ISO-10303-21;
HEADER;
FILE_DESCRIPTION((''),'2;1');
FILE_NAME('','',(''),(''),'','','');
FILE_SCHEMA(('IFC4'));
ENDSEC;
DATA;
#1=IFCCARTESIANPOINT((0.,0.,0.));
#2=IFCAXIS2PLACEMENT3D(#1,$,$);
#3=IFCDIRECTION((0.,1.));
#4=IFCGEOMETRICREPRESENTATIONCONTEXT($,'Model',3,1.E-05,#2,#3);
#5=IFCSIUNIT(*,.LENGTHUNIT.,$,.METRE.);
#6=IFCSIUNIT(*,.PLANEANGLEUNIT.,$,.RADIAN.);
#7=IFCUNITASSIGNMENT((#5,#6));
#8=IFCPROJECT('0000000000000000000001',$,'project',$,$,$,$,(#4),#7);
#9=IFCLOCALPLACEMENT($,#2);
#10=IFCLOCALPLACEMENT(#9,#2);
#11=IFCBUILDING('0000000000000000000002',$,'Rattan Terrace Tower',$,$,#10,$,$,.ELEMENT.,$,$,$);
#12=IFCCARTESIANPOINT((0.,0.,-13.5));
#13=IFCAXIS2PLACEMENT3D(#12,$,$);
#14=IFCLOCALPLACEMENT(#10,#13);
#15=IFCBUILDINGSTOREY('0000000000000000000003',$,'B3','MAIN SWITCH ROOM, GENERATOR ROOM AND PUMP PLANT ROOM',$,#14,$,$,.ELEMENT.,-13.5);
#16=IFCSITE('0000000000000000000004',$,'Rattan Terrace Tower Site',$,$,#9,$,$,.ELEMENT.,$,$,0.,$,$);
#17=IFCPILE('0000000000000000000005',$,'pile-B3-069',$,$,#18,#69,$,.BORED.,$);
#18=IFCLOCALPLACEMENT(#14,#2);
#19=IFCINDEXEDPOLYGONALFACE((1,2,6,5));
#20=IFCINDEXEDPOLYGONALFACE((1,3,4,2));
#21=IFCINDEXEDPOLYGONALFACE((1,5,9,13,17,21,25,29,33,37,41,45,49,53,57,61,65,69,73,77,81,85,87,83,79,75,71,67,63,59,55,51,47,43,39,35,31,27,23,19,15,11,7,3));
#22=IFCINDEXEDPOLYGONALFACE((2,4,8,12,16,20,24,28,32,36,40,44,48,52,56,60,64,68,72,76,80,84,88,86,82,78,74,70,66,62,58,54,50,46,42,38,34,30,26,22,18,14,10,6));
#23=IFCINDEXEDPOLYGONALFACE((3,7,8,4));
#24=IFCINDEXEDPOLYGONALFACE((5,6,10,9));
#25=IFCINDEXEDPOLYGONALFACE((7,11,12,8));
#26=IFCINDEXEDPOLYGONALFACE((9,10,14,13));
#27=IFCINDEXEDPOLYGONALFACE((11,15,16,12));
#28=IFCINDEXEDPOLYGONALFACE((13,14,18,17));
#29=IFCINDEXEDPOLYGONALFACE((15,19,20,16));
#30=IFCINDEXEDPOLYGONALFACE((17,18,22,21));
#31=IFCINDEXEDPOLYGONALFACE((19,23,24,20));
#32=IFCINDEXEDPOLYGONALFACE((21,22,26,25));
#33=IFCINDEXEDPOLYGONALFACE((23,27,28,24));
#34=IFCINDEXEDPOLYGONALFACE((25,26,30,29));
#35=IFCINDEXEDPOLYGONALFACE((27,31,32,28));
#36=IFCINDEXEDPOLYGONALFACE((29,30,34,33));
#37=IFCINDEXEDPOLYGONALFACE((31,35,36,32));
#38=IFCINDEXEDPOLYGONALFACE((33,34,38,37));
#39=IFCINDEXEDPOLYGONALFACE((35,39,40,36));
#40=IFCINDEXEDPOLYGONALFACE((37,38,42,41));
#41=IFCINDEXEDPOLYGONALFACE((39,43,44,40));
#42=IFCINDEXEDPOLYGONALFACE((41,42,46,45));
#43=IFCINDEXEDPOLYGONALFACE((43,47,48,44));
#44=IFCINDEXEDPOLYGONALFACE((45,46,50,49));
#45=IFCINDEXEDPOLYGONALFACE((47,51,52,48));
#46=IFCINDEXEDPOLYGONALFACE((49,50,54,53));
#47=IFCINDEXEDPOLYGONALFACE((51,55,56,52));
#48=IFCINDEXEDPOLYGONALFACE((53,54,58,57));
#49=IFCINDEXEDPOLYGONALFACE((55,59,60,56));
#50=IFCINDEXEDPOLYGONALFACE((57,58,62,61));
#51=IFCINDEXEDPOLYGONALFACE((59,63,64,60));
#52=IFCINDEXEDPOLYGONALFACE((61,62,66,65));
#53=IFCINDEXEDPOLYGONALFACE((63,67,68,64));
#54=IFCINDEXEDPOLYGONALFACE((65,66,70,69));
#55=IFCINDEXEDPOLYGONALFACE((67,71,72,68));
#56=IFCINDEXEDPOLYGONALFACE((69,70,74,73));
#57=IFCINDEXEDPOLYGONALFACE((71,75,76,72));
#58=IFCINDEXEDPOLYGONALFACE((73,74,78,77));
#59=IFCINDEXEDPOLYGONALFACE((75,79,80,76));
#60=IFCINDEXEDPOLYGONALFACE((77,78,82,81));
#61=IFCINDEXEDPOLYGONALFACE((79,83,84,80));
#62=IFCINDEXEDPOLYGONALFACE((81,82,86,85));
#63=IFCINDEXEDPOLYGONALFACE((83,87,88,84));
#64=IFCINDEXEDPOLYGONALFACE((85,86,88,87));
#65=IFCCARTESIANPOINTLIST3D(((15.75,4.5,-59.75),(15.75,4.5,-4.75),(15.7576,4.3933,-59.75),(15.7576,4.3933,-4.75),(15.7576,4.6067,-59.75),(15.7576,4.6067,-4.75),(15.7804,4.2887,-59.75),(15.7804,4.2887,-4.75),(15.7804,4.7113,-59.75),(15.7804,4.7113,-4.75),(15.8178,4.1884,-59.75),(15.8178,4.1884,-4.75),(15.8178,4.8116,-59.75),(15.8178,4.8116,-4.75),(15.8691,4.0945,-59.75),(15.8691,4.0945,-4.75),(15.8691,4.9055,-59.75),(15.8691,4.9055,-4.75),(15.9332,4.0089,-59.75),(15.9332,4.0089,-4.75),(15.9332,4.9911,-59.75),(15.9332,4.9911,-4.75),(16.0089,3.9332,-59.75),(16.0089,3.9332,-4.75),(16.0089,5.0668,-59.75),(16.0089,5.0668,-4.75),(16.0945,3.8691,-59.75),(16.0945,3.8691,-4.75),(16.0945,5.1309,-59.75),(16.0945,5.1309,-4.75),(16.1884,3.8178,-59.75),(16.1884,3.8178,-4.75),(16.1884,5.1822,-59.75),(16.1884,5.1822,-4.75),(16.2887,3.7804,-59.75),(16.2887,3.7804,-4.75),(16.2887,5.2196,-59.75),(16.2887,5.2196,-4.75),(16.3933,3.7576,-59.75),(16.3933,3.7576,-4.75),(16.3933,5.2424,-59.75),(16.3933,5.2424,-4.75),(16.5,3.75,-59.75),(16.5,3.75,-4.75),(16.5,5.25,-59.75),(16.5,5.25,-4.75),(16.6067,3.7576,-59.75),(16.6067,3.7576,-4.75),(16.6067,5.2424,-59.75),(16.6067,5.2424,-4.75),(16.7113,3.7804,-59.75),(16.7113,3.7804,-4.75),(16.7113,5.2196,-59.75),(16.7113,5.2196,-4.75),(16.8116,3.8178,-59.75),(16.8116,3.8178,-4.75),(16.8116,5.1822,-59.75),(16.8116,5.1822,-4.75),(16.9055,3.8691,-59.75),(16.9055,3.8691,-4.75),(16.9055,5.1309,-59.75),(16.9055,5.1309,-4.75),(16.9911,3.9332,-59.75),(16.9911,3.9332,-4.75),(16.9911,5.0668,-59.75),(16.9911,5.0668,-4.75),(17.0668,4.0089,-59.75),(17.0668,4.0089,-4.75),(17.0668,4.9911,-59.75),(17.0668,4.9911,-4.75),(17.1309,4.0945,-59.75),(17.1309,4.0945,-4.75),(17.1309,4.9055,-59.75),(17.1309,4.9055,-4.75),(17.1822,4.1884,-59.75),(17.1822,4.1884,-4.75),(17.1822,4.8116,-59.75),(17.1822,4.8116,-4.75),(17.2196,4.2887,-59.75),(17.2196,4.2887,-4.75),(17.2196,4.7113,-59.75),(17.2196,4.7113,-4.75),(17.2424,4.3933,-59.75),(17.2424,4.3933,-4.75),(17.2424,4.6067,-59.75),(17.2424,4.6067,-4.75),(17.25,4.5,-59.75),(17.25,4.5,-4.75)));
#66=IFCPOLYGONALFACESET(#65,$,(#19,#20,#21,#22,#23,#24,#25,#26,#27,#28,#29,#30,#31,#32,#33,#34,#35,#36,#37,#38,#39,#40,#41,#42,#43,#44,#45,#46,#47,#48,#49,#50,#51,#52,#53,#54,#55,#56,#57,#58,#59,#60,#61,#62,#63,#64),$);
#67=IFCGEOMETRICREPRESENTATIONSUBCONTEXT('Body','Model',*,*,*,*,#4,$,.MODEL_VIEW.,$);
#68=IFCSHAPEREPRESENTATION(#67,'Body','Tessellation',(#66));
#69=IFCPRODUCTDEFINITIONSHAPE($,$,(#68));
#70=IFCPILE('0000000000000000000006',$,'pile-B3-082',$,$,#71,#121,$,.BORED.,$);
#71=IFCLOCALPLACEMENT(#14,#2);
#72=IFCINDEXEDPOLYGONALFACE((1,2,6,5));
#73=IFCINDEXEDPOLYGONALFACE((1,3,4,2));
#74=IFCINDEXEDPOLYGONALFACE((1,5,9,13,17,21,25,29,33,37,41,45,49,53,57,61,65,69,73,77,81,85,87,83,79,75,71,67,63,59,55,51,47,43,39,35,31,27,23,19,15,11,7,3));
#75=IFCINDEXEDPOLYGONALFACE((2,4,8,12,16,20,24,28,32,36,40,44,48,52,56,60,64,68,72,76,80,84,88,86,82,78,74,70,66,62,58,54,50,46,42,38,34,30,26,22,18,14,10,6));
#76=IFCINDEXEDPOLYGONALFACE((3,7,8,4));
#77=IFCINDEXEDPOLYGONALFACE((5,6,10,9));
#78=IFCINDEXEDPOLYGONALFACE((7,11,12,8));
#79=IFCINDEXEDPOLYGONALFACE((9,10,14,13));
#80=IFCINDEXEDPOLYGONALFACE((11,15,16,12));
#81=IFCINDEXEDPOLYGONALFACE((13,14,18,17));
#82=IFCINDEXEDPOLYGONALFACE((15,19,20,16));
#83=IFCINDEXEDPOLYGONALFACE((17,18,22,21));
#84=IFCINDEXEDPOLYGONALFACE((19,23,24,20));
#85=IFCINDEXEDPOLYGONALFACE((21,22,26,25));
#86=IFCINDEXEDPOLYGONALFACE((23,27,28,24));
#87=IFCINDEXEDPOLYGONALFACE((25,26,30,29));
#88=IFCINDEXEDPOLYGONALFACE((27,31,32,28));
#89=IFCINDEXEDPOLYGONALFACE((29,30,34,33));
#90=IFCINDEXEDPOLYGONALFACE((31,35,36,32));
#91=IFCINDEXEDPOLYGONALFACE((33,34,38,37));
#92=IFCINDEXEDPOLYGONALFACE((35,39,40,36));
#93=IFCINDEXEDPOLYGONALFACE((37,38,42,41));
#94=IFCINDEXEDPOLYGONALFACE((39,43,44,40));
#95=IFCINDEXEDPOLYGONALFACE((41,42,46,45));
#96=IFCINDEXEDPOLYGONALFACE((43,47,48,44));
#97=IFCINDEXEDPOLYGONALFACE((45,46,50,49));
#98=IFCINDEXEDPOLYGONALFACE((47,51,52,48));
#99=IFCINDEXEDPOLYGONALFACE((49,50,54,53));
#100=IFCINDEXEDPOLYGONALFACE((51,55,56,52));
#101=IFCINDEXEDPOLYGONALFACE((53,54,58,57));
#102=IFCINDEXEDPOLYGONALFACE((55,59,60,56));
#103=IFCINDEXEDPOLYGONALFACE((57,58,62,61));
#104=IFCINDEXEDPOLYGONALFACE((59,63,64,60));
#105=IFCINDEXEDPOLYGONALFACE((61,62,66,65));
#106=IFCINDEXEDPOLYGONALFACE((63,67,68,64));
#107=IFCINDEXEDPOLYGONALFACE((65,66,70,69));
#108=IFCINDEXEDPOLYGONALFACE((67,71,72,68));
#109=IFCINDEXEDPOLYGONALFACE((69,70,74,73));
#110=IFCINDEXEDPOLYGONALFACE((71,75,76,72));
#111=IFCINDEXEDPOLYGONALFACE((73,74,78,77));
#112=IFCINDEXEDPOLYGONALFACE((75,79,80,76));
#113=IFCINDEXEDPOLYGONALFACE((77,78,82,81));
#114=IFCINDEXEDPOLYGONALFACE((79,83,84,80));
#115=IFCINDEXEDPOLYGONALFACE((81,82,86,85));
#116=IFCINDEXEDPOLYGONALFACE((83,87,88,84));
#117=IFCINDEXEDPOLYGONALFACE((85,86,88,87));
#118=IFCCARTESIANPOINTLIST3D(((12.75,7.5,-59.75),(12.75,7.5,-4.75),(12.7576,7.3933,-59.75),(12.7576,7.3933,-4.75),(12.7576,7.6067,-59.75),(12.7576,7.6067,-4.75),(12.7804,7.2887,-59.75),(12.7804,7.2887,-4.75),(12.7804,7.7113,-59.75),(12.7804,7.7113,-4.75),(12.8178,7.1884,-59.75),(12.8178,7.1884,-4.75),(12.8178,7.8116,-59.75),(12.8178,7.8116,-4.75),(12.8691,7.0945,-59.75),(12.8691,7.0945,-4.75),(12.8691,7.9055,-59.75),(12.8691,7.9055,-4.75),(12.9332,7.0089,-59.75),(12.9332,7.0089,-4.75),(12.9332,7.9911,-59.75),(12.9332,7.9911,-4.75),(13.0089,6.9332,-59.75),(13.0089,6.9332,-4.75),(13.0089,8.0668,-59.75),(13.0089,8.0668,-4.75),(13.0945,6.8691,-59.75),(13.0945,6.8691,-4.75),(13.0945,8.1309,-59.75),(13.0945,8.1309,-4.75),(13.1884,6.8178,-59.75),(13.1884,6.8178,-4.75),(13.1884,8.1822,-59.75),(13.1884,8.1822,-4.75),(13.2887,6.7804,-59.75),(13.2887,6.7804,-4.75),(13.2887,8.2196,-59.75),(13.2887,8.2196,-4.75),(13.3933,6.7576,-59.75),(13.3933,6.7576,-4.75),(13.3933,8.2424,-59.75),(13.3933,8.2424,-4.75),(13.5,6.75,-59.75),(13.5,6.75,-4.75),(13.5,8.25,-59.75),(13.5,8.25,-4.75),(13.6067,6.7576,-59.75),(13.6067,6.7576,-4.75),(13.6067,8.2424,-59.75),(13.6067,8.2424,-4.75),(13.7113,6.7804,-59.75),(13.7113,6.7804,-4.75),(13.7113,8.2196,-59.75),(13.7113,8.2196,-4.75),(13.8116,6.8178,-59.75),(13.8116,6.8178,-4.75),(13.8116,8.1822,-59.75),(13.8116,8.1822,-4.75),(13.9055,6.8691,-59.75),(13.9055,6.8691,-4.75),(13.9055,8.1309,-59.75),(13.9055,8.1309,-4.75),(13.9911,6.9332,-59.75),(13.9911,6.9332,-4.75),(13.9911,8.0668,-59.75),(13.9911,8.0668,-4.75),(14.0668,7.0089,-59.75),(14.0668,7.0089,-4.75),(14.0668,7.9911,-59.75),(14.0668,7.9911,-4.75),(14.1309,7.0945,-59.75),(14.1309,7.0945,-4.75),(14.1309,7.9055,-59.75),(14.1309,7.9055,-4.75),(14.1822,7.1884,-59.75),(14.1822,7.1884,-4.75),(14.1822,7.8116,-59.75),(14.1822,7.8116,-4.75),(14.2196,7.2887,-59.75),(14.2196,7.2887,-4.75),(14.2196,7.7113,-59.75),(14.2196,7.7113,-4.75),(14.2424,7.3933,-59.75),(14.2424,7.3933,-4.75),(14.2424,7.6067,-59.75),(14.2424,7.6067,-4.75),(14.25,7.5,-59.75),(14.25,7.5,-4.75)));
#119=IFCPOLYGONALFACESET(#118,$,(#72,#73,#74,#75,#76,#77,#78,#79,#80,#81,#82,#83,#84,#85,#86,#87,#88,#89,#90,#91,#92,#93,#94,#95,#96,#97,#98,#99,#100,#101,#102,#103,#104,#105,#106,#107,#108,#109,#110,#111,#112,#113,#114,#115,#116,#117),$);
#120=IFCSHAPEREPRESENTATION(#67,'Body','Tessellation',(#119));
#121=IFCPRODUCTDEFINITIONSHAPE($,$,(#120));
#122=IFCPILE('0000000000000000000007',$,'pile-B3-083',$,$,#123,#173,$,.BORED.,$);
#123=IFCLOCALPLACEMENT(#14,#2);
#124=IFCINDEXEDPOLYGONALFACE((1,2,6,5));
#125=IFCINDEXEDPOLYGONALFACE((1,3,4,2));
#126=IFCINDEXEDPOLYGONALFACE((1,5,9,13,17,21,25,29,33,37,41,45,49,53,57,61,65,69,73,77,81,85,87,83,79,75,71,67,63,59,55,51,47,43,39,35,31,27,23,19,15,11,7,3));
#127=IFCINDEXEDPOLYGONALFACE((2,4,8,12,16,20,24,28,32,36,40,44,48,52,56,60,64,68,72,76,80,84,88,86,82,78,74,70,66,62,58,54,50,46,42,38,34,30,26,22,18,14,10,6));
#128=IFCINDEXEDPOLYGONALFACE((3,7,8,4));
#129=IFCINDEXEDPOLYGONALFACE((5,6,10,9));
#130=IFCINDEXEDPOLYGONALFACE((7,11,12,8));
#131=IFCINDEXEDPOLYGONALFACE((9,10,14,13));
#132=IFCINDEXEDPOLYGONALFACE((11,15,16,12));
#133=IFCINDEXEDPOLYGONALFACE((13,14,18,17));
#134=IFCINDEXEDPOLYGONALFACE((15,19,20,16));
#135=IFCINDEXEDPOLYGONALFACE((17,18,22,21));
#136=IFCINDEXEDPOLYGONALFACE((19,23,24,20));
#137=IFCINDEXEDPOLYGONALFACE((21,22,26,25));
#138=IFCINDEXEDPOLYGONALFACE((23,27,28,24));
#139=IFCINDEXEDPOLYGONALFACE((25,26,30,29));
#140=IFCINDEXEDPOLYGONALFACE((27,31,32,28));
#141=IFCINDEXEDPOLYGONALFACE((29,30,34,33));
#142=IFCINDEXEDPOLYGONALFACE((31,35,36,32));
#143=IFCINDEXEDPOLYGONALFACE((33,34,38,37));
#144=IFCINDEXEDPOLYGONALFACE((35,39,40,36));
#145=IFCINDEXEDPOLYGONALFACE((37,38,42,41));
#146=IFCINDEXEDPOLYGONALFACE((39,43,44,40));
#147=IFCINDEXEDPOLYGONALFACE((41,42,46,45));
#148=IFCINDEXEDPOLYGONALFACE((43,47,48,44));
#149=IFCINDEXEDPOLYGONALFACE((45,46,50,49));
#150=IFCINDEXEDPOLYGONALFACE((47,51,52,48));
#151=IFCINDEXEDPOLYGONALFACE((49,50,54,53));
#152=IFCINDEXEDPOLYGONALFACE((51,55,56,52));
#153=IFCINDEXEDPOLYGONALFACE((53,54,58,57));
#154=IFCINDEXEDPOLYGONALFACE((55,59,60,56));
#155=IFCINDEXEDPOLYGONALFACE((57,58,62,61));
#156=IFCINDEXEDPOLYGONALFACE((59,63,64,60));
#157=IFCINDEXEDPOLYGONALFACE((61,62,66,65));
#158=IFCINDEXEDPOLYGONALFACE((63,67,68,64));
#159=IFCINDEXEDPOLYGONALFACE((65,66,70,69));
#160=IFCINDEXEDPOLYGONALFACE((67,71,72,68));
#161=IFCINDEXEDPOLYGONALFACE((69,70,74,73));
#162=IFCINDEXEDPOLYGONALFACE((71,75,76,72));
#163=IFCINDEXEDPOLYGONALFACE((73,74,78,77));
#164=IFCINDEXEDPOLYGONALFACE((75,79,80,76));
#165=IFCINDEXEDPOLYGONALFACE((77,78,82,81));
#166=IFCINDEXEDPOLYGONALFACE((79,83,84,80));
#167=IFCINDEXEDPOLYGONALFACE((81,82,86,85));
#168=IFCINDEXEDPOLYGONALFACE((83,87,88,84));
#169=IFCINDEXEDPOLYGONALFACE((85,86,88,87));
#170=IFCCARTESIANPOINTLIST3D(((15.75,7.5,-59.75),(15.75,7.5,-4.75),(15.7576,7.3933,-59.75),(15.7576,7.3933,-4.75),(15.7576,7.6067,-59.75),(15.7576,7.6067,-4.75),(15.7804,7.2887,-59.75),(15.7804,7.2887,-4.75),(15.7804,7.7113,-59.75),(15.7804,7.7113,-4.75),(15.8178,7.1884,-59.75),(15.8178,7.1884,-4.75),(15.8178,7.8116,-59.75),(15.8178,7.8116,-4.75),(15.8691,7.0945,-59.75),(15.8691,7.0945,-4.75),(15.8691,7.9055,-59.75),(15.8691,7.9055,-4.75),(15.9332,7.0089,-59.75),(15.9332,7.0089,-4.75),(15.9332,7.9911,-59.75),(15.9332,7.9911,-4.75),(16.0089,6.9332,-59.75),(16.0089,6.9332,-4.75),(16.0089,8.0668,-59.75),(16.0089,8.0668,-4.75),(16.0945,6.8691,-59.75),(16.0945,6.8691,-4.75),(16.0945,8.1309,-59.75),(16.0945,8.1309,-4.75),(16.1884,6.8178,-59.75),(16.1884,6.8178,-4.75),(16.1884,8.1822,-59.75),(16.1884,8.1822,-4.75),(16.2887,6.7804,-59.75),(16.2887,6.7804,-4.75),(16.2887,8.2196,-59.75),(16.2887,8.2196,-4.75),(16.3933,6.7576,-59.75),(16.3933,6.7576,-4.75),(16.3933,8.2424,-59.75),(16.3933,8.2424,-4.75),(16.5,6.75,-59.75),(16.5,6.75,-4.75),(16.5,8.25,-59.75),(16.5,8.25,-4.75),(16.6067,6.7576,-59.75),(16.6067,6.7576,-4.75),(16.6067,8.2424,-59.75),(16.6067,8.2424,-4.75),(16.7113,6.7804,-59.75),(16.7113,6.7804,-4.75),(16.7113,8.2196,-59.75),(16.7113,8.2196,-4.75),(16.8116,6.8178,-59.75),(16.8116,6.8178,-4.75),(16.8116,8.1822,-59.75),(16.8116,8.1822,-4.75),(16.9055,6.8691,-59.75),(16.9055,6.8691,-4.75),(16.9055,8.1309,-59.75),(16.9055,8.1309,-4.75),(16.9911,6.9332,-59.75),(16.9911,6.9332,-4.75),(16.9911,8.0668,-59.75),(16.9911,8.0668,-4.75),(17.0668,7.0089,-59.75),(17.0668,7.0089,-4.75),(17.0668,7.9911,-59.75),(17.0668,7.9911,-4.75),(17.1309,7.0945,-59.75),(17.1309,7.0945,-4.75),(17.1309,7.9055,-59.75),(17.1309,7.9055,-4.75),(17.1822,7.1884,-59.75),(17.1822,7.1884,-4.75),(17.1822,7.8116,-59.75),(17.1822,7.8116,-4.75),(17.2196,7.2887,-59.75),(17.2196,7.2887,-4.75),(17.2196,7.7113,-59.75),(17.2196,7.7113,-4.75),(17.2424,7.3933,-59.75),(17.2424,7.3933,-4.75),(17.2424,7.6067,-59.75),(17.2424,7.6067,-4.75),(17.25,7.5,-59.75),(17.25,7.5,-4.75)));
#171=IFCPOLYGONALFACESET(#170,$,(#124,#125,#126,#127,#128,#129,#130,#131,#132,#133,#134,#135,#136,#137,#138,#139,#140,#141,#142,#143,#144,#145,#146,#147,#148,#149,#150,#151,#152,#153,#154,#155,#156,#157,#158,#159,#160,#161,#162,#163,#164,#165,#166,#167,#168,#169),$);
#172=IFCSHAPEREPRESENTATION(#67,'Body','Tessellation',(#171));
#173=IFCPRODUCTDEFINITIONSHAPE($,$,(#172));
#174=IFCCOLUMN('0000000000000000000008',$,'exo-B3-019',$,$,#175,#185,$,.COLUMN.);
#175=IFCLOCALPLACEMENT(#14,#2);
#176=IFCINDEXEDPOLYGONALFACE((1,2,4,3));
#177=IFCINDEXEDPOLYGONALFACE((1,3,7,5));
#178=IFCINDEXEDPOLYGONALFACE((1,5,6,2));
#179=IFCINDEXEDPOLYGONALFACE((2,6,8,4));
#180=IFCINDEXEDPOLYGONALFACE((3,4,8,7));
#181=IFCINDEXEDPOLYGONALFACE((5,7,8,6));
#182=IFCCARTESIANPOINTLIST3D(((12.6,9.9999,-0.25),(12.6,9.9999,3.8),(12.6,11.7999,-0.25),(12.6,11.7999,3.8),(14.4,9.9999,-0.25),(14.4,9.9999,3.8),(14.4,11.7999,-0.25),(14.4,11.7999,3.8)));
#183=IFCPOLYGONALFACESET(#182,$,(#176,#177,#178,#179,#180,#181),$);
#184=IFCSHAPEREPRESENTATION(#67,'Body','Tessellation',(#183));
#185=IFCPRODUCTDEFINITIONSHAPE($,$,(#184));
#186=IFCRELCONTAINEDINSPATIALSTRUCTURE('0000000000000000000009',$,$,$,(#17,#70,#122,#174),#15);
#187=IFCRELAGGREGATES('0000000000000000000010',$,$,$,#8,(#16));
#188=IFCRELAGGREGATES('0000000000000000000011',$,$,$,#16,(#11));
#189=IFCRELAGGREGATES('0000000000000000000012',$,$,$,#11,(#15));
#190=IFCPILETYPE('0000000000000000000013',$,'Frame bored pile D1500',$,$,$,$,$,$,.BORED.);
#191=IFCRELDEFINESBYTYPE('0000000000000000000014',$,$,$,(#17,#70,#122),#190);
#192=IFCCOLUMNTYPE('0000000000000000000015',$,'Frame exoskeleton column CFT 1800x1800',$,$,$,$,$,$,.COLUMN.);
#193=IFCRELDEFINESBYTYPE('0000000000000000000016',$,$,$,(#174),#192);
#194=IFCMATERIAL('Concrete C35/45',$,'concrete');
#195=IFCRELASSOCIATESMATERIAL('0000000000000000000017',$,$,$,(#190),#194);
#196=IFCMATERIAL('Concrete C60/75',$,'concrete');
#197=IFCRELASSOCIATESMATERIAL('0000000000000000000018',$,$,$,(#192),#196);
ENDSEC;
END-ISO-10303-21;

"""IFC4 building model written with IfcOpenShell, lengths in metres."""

from ifc_helpers import new_model, si_unit, direction, frame, origin, origin_2d, place, context, subcontext, project, spatial, rectangle, circle, extrude, material, material_profile, profile_set, type_object, element, save


model = new_model("IFC4")

# Units and contexts
model_context = context("Model", 3, precision=1e-05, world=origin(), true_north=direction((0.0, 1.0)))
body_context = subcontext(model_context, "Body", "Model", "MODEL_VIEW")
ifc_project = project(units=[si_unit("LENGTHUNIT", "METRE"), si_unit("PLANEANGLEUNIT", "RADIAN")], contexts=[model_context])

# Site, building, storey
site_placement = place(None, origin())
site = spatial("IfcSite", under=ifc_project, at=site_placement, Name="Rattan Terrace Tower Site", CompositionType="ELEMENT", RefElevation=0.0)
building_placement = place(site_placement, origin())
building = spatial("IfcBuilding", under=site, at=building_placement, Name="Rattan Terrace Tower", CompositionType="ELEMENT")
storey_placement = place(building_placement, frame((0.0, 0.0, -13.5)))
storey = spatial("IfcBuildingStorey", under=building, at=storey_placement, Name="B3", Description="MAIN SWITCH ROOM, GENERATOR ROOM AND PUMP PLANT ROOM", CompositionType="ELEMENT", Elevation=-13.5)

# Piles
ifc_material_1 = material(Name="Concrete C35/45", Category="concrete")
ifc_material_profile_1 = material_profile(ifc_material_1, circle(Radius=0.75, at=origin_2d()), Name="PILE D1500")
ifc_profile_set_1 = profile_set([ifc_material_profile_1], Name="Concrete C35/45")
pile_type = type_object("IfcPileType", Name="Frame bored pile D1500", PredefinedType="BORED", material=ifc_profile_set_1)
for number, where, z_axis, x_axis, name in (
    (1, (16.5, 4.5, -4.75), (0.0, 0.0, -1.0), (1.0, 0.0, 0.0), "pile-B3-069"),
    (2, (13.5, 7.5, -4.75), (0.0, 0.0, -1.0), (1.0, 0.0, 0.0), "pile-B3-082"),
    (3, (16.5, 7.5, -4.75), (0.0, 0.0, -1.0), (1.0, 0.0, 0.0), "pile-B3-083"),
):
    element("IfcPile", number, at=place(storey_placement, frame(where, z_axis=z_axis, x_axis=x_axis)), inside=storey, type_object=pile_type, Name=name, PredefinedType="BORED", context=body_context, shape_type="SweptSolid", body=[
        extrude(circle(Radius=0.75, at=origin_2d()), origin(), (0.0, 0.0, 1.0), 55.0),
    ])

# Column
ifc_material_2 = material(Name="Concrete C60/75", Category="concrete")
ifc_material_profile_2 = material_profile(ifc_material_2, rectangle(XDim=1.8, YDim=1.8, at=origin_2d()), Name="CFT 1800x1800")
ifc_profile_set_2 = profile_set([ifc_material_profile_2], Name="Concrete C60/75")
column_type = type_object("IfcColumnType", Name="Frame exoskeleton column CFT 1800x1800", PredefinedType="COLUMN", material=ifc_profile_set_2)
column_placement = place(storey_placement, frame((13.5, 10.8999, -0.25), z_axis=(0.0, 0.0, 1.0), x_axis=(1.0, 0.0, 0.0)))
element("IfcColumn", 4, at=column_placement, inside=storey, type_object=column_type, Name="exo-B3-019", PredefinedType="COLUMN", context=body_context, shape_type="SweptSolid", body=[
    extrude(rectangle(XDim=1.8, YDim=1.8, at=origin_2d()), origin(), (0.0, 0.0, 1.0), 4.05),
])

save(model, "model.ifc")
